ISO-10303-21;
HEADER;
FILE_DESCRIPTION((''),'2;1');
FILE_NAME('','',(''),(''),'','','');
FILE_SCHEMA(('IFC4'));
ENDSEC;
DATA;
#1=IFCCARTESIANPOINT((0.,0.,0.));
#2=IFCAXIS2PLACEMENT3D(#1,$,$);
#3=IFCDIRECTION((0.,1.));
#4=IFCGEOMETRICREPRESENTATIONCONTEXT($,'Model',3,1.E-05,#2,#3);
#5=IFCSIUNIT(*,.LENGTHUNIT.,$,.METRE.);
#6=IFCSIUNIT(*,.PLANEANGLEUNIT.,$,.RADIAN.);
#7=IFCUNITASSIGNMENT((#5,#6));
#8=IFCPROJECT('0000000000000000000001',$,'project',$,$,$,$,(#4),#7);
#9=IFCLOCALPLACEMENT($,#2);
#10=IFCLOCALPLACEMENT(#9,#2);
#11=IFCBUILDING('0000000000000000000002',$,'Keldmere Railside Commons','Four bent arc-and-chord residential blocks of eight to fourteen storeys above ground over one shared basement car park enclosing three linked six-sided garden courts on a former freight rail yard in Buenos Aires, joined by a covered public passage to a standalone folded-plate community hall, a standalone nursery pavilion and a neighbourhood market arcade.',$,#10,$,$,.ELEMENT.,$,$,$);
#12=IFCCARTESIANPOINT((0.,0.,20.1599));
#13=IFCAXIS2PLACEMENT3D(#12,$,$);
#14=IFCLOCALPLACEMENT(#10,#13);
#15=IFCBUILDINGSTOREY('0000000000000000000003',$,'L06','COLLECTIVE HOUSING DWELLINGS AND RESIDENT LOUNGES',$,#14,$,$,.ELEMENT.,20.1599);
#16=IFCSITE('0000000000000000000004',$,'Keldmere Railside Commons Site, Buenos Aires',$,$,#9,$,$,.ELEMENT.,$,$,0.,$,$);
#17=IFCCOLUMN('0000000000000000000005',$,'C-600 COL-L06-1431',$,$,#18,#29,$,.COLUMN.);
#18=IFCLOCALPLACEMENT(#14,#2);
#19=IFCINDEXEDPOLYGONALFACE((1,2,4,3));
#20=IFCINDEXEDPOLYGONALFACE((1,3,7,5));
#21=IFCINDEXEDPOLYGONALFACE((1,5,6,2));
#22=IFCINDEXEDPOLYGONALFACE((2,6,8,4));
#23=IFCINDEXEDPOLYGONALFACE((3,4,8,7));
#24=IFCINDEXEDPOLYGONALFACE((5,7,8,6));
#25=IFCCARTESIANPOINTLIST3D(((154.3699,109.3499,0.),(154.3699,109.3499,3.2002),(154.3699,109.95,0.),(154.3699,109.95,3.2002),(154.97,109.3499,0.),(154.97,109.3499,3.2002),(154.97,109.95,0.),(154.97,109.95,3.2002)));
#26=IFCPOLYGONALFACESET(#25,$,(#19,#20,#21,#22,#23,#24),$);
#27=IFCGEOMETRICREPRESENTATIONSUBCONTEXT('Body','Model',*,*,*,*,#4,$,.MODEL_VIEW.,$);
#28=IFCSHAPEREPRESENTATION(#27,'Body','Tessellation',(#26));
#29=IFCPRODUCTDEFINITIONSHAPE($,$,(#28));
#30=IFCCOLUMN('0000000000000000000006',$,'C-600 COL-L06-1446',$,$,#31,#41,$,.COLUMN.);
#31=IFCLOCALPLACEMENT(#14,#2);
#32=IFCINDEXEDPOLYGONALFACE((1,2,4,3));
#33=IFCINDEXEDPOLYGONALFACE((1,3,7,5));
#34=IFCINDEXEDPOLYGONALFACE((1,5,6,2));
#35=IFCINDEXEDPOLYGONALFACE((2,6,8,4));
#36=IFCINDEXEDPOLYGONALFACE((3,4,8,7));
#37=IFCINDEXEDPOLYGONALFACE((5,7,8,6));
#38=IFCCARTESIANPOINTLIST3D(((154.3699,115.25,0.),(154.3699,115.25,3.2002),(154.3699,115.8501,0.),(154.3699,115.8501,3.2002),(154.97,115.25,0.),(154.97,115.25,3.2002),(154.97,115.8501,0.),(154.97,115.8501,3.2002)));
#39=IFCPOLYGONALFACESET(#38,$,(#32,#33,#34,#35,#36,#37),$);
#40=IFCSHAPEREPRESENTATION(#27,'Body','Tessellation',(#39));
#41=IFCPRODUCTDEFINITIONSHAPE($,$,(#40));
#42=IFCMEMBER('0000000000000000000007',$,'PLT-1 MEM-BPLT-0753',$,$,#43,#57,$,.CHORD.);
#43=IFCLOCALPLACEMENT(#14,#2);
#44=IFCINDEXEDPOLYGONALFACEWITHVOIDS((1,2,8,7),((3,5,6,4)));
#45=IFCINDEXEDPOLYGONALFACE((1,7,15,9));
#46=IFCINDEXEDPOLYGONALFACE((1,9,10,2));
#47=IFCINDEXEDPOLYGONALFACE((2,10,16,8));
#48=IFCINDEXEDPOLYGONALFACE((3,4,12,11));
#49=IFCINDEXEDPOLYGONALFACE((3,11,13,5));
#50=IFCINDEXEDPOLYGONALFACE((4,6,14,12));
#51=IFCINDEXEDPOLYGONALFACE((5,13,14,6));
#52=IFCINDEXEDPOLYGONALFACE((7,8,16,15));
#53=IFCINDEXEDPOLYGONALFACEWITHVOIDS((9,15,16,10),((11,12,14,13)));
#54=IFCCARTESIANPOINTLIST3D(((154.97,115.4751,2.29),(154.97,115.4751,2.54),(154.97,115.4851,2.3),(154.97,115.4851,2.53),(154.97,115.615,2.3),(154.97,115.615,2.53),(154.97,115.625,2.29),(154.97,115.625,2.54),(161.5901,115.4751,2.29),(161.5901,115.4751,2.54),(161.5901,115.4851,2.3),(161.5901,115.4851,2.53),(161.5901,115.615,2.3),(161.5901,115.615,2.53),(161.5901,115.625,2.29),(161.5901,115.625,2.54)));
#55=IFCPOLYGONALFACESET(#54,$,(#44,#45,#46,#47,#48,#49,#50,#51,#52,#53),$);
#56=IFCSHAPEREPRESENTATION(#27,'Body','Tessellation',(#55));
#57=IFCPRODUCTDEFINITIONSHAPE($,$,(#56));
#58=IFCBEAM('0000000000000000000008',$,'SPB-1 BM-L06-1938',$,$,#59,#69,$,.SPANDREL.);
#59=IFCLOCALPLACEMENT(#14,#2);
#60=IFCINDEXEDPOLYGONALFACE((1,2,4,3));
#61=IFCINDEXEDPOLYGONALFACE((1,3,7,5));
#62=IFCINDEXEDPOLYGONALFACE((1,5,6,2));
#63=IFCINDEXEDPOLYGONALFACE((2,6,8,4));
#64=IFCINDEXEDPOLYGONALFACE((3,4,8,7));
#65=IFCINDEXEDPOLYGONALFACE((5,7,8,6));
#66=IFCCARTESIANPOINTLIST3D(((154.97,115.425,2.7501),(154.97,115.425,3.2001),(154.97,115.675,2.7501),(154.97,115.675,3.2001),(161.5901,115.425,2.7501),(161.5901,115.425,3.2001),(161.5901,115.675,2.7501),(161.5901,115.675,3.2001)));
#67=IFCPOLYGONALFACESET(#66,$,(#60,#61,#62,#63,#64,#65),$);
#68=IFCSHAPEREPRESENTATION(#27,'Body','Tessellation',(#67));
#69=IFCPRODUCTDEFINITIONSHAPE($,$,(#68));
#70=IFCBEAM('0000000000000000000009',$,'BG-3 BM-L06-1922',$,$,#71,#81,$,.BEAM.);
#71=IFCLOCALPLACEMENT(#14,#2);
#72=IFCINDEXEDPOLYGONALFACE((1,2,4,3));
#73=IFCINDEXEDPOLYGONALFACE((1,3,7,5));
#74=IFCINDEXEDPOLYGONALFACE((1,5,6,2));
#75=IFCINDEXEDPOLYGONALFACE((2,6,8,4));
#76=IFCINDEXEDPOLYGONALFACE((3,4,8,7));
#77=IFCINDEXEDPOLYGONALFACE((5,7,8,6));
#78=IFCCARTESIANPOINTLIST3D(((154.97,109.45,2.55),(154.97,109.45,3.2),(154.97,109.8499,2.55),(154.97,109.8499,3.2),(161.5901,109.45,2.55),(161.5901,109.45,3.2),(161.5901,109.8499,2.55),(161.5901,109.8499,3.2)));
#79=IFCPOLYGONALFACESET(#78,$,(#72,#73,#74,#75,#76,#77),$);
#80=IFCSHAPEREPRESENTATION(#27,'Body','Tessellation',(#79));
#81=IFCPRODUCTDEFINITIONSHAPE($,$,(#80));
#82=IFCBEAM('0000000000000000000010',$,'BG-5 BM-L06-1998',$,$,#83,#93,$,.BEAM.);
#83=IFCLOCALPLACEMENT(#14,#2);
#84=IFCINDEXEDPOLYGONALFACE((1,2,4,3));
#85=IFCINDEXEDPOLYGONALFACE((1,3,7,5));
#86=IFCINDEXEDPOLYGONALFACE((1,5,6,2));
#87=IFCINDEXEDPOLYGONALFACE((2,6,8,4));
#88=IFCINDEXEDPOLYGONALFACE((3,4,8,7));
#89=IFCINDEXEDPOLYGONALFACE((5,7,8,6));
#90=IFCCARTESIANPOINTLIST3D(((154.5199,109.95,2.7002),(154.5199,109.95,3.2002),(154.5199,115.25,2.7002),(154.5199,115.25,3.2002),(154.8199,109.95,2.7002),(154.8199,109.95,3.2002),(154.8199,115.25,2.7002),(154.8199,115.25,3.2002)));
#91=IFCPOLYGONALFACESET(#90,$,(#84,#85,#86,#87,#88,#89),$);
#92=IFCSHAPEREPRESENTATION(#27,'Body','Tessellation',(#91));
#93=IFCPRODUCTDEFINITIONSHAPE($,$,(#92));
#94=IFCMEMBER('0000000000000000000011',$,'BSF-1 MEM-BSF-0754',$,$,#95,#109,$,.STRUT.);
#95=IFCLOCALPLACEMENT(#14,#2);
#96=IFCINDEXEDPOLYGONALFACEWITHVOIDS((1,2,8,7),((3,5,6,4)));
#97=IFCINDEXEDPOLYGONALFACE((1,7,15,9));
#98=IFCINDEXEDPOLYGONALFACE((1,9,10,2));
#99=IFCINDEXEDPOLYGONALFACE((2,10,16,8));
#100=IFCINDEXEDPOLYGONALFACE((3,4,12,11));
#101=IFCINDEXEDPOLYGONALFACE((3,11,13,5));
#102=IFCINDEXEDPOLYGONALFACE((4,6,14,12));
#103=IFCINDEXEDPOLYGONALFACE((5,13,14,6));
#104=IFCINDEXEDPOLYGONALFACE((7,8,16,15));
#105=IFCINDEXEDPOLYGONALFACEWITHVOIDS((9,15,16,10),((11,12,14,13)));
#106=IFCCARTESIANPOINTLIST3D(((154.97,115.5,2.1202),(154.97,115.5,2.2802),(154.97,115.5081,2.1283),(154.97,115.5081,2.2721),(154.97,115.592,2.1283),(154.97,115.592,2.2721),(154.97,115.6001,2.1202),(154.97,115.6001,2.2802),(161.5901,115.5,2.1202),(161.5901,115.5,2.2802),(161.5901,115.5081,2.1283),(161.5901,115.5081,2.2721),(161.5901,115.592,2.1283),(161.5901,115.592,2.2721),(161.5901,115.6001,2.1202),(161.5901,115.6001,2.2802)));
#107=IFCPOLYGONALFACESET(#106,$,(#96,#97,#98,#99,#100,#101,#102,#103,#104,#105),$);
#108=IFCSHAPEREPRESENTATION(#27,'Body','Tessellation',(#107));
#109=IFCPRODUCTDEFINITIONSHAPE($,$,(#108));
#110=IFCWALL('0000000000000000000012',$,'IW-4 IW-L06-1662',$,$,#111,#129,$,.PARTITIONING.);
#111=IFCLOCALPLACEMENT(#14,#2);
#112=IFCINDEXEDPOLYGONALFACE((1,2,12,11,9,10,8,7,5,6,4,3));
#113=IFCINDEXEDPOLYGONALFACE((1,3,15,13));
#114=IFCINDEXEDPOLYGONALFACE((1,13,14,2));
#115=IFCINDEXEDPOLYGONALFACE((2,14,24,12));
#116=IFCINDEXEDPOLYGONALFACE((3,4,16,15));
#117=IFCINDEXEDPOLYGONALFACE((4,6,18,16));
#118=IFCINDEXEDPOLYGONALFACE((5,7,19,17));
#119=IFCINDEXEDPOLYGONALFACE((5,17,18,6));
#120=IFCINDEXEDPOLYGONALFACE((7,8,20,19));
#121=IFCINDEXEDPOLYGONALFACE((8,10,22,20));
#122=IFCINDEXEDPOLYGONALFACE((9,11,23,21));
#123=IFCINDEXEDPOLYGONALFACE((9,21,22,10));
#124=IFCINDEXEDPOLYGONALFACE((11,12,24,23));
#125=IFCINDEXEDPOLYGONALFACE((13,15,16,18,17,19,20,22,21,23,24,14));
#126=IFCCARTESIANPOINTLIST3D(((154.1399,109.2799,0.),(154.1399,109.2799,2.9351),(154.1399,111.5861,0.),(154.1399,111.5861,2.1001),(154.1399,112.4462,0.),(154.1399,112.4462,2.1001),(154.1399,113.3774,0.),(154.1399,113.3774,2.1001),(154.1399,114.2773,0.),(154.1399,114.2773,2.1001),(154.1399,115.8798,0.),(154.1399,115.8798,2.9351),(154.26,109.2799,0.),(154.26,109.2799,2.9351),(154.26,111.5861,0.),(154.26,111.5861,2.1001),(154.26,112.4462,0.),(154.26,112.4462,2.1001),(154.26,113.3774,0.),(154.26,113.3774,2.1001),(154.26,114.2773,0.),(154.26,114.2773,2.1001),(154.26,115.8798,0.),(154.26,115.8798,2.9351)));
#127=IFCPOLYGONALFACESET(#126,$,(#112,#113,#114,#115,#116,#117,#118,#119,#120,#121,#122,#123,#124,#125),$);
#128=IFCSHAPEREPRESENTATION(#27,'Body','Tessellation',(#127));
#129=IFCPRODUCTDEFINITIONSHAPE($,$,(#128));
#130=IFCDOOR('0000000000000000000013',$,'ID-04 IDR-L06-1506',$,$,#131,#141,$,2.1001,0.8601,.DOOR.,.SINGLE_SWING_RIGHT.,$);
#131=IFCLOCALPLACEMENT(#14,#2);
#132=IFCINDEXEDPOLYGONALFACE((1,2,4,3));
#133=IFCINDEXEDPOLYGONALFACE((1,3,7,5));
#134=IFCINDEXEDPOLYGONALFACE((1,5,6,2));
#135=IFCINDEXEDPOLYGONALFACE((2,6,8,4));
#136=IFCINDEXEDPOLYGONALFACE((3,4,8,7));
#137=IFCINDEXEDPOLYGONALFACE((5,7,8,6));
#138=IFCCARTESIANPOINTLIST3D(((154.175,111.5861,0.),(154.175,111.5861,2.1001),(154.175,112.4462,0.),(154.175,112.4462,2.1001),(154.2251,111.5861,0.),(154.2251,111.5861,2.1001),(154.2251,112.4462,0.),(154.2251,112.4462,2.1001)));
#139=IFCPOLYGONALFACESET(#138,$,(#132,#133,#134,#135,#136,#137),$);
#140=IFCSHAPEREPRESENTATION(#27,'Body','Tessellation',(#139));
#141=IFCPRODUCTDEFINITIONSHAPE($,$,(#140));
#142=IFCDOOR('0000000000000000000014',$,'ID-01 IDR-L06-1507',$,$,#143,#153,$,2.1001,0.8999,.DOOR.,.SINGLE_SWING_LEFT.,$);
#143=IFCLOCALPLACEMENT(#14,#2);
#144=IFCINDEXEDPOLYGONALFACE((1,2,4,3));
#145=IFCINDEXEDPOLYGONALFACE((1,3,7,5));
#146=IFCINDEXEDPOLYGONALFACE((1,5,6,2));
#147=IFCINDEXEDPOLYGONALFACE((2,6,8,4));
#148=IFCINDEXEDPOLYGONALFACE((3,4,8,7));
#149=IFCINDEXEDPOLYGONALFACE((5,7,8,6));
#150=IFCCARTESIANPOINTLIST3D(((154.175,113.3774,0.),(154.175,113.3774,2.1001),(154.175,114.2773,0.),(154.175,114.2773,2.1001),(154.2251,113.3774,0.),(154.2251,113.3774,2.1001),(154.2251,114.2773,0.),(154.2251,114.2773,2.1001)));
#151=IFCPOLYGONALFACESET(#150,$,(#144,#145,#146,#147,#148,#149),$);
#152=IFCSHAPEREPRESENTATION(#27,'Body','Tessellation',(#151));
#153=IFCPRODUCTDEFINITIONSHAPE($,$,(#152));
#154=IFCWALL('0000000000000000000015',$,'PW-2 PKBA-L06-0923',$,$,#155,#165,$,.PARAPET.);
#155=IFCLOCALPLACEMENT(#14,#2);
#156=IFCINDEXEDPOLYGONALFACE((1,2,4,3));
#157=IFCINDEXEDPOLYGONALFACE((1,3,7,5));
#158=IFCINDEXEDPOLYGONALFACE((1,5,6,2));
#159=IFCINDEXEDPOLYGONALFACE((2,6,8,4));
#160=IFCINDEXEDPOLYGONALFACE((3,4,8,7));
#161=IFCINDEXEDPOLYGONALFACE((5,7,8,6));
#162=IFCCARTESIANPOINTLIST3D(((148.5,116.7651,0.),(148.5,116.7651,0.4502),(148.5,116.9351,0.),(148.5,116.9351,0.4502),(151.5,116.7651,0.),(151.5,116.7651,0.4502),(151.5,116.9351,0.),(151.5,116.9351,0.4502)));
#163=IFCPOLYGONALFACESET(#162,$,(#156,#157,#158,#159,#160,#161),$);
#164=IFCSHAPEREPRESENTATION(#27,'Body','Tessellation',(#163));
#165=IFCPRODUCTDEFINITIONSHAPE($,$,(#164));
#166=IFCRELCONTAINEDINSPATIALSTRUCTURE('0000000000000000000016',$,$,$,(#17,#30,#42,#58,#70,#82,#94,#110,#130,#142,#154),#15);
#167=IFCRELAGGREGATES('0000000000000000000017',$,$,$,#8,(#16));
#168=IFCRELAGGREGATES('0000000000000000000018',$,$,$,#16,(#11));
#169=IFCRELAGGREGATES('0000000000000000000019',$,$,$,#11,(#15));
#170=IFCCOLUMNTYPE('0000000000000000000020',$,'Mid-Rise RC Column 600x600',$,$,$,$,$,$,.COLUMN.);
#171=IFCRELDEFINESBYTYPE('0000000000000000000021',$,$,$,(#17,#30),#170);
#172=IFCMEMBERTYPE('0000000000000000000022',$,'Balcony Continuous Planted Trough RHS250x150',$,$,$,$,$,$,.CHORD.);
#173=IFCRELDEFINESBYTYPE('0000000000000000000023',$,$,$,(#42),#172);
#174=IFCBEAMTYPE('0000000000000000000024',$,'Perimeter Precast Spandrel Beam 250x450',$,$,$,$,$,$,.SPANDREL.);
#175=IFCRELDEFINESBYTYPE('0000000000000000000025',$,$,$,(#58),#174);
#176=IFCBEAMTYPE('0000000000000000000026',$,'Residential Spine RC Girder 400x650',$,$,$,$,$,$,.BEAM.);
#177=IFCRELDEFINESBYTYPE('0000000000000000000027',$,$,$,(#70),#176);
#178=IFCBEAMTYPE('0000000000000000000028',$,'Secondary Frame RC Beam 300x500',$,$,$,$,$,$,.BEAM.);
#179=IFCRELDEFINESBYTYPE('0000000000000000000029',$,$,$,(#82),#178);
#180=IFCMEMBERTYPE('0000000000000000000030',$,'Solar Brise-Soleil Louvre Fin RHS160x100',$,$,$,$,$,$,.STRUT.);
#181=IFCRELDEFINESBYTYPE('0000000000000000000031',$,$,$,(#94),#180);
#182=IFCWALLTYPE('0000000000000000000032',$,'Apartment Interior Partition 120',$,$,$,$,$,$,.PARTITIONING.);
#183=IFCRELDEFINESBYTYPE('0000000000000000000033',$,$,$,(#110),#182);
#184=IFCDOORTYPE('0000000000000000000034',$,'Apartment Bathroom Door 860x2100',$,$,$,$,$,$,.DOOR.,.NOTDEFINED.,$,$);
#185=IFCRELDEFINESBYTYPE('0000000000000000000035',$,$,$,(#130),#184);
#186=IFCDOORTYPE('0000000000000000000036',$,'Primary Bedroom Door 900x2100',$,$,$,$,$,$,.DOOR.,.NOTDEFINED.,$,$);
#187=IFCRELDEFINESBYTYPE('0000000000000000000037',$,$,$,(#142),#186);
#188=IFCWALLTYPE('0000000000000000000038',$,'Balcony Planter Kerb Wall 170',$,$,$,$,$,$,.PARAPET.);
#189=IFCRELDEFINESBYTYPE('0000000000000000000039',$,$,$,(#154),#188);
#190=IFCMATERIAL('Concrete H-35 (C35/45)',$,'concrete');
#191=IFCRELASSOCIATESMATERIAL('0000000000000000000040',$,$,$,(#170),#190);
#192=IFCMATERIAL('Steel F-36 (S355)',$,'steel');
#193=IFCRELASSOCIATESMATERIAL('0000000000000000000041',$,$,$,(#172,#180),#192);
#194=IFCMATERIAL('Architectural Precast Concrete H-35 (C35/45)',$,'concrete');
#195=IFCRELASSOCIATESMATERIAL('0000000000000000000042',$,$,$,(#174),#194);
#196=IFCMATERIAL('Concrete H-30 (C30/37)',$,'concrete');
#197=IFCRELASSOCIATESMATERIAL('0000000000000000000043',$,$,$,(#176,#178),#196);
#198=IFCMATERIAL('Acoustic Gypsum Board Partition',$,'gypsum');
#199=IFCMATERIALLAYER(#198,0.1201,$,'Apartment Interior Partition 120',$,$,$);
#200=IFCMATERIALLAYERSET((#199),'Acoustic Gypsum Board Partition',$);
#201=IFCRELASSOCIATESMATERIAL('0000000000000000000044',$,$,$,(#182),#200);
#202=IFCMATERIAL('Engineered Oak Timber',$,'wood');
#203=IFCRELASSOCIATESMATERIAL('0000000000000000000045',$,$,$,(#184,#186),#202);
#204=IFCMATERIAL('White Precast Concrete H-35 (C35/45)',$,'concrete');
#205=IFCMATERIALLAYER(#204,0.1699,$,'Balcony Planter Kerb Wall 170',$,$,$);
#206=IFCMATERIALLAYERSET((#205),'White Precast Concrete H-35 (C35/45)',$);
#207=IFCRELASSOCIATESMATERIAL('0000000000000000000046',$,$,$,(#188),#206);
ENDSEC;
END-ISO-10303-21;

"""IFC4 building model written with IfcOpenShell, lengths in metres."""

from ifc_helpers import new_model, si_unit, direction, frame, frame_2d, origin, origin_2d, place, context, subcontext, project, spatial, rectangle, hollow_rectangle, extrude, material, layer, layer_set, material_profile, profile_set, type_object, element, fill, save


model = new_model("IFC4")

# Units and contexts
model_context = context("Model", 3, precision=1e-05, world=origin(), true_north=direction((0.0, 1.0)))
body_context = subcontext(model_context, "Body", "Model", "MODEL_VIEW")
ifc_project = project(units=[si_unit("LENGTHUNIT", "METRE"), si_unit("PLANEANGLEUNIT", "RADIAN")], contexts=[model_context])

# Site, building, storey
site_placement = place(None, origin())
site = spatial("IfcSite", under=ifc_project, at=site_placement, Name="Keldmere Railside Commons Site, Buenos Aires", CompositionType="ELEMENT", RefElevation=0.0)
building_placement = place(site_placement, origin())
building = spatial("IfcBuilding", under=site, at=building_placement, Name="Keldmere Railside Commons", Description="Four bent arc-and-chord residential blocks of eight to fourteen storeys above ground over one shared basement car park enclosing three linked six-sided garden courts on a former freight rail yard in Buenos Aires, joined by a covered public passage to a standalone folded-plate community hall, a standalone nursery pavilion and a neighbourhood market arcade.", CompositionType="ELEMENT")
storey_placement = place(building_placement, frame((0.0, 0.0, 20.1599)))
storey = spatial("IfcBuildingStorey", under=building, at=storey_placement, Name="L06", Description="COLLECTIVE HOUSING DWELLINGS AND RESIDENT LOUNGES", CompositionType="ELEMENT", Elevation=20.1599)

# Columns
ifc_material_1 = material(Name="Concrete H-35 (C35/45)", Category="concrete")
ifc_material_profile_1 = material_profile(ifc_material_1, rectangle(XDim=0.6001, YDim=0.6001, at=origin_2d()), Name="RC-600x600")
ifc_profile_set_1 = profile_set([ifc_material_profile_1], Name="Concrete H-35 (C35/45)")
column_type = type_object("IfcColumnType", Name="Mid-Rise RC Column 600x600", PredefinedType="COLUMN", material=ifc_profile_set_1)
for number, where, z_axis, x_axis, name in (
    (1, (154.6699, 109.6499, 0.0), (0.0, 0.0, 1.0), (1.0, 0.0, 0.0), "C-600 COL-L06-1431"),
    (2, (154.6699, 115.55, 0.0), (0.0, 0.0, 1.0), (1.0, 0.0, 0.0), "C-600 COL-L06-1446"),
):
    element("IfcColumn", number, at=place(storey_placement, frame(where, z_axis=z_axis, x_axis=x_axis)), inside=storey, type_object=column_type, Name=name, PredefinedType="COLUMN", context=body_context, shape_type="SweptSolid", body=[
        extrude(rectangle(XDim=0.6001, YDim=0.6001, at=origin_2d()), origin(), (0.0, 0.0, 1.0), 3.2002),
    ])

# Member
ifc_material_2 = material(Name="Steel F-36 (S355)", Category="steel")
ifc_material_profile_2 = material_profile(ifc_material_2, hollow_rectangle(XDim=0.1499, YDim=0.25, WallThickness=0.01, at=origin_2d()), Name="RHS-250x150x10")
ifc_profile_set_2 = profile_set([ifc_material_profile_2], Name="Steel F-36 (S355)")
member_type_1 = type_object("IfcMemberType", Name="Balcony Continuous Planted Trough RHS250x150", PredefinedType="CHORD", material=ifc_profile_set_2)
member_1_placement = place(storey_placement, frame((154.97, 115.55, 2.415), z_axis=(1.0, 0.0, 0.0), x_axis=(0.0, 1.0, 0.0)))
element("IfcMember", 3, at=member_1_placement, inside=storey, type_object=member_type_1, Name="PLT-1 MEM-BPLT-0753", PredefinedType="CHORD", context=body_context, shape_type="SweptSolid", body=[
    extrude(hollow_rectangle(XDim=0.1499, YDim=0.25, WallThickness=0.01, at=origin_2d()), origin(), (0.0, 0.0, 1.0), 6.6201),
])

# Beams
ifc_material_3 = material(Name="Architectural Precast Concrete H-35 (C35/45)", Category="concrete")
ifc_material_profile_3 = material_profile(ifc_material_3, rectangle(XDim=0.25, YDim=0.45, at=origin_2d()), Name="RC-250x450")
ifc_profile_set_3 = profile_set([ifc_material_profile_3], Name="Architectural Precast Concrete H-35 (C35/45)")
beam_type_1 = type_object("IfcBeamType", Name="Perimeter Precast Spandrel Beam 250x450", PredefinedType="SPANDREL", material=ifc_profile_set_3)
beam_1_placement = place(storey_placement, frame((154.97, 115.55, 2.9751), z_axis=(1.0, 0.0, 0.0), x_axis=(0.0, 1.0, 0.0)))
element("IfcBeam", 4, at=beam_1_placement, inside=storey, type_object=beam_type_1, Name="SPB-1 BM-L06-1938", PredefinedType="SPANDREL", context=body_context, shape_type="SweptSolid", body=[
    extrude(rectangle(XDim=0.25, YDim=0.45, at=origin_2d()), origin(), (0.0, 0.0, 1.0), 6.6201),
])
ifc_material_4 = material(Name="Concrete H-30 (C30/37)", Category="concrete")
ifc_material_profile_4 = material_profile(ifc_material_4, rectangle(XDim=0.3999, YDim=0.6499, at=origin_2d()), Name="RC-400x650")
ifc_profile_set_4 = profile_set([ifc_material_profile_4], Name="Concrete H-30 (C30/37)")
beam_type_2 = type_object("IfcBeamType", Name="Residential Spine RC Girder 400x650", PredefinedType="BEAM", material=ifc_profile_set_4)
beam_2_placement = place(storey_placement, frame((154.97, 109.6499, 2.875), z_axis=(1.0, 0.0, 0.0), x_axis=(0.0, 1.0, 0.0)))
element("IfcBeam", 5, at=beam_2_placement, inside=storey, type_object=beam_type_2, Name="BG-3 BM-L06-1922", PredefinedType="BEAM", context=body_context, shape_type="SweptSolid", body=[
    extrude(rectangle(XDim=0.3999, YDim=0.6499, at=origin_2d()), origin(), (0.0, 0.0, 1.0), 6.6201),
])
ifc_material_profile_5 = material_profile(ifc_material_4, rectangle(XDim=0.3, YDim=0.5, at=origin_2d()), Name="RC-300x500")
ifc_profile_set_5 = profile_set([ifc_material_profile_5], Name="Concrete H-30 (C30/37)")
beam_type_3 = type_object("IfcBeamType", Name="Secondary Frame RC Beam 300x500", PredefinedType="BEAM", material=ifc_profile_set_5)
beam_3_placement = place(storey_placement, frame((154.6699, 109.95, 2.9502), z_axis=(0.0, 1.0, 0.0), x_axis=(-1.0, 0.0, 0.0)))
element("IfcBeam", 6, at=beam_3_placement, inside=storey, type_object=beam_type_3, Name="BG-5 BM-L06-1998", PredefinedType="BEAM", context=body_context, shape_type="SweptSolid", body=[
    extrude(rectangle(XDim=0.3, YDim=0.5, at=origin_2d()), origin(), (0.0, 0.0, 1.0), 5.3),
])

# Member
ifc_material_profile_6 = material_profile(ifc_material_2, hollow_rectangle(XDim=0.1001, YDim=0.1599, WallThickness=0.0081, at=origin_2d()), Name="RHS-160x100x8")
ifc_profile_set_6 = profile_set([ifc_material_profile_6], Name="Steel F-36 (S355)")
member_type_2 = type_object("IfcMemberType", Name="Solar Brise-Soleil Louvre Fin RHS160x100", PredefinedType="STRUT", material=ifc_profile_set_6)
member_2_placement = place(storey_placement, frame((154.97, 115.55, 2.2002), z_axis=(1.0, 0.0, 0.0), x_axis=(0.0, 1.0, 0.0)))
element("IfcMember", 7, at=member_2_placement, inside=storey, type_object=member_type_2, Name="BSF-1 MEM-BSF-0754", PredefinedType="STRUT", context=body_context, shape_type="SweptSolid", body=[
    extrude(hollow_rectangle(XDim=0.1001, YDim=0.1599, WallThickness=0.0081, at=origin_2d()), origin(), (0.0, 0.0, 1.0), 6.6201),
])

# Wall, openings, doors
ifc_material_5 = material(Name="Acoustic Gypsum Board Partition", Category="gypsum")
ifc_layer_1 = layer(ifc_material_5, 0.1201, Name="Apartment Interior Partition 120")
ifc_layer_set_1 = layer_set([ifc_layer_1], Name="Acoustic Gypsum Board Partition")
wall_type_1 = type_object("IfcWallType", Name="Apartment Interior Partition 120", PredefinedType="PARTITIONING", material=ifc_layer_set_1)
wall_1_placement = place(storey_placement, frame((154.2, 109.28, 0.0), z_axis=(0.0, 0.0, 1.0), x_axis=(0.0, 1.0, 0.0)))
wall_1 = element("IfcWall", 8, at=wall_1_placement, inside=storey, type_object=wall_type_1, Name="IW-4 IW-L06-1662", PredefinedType="PARTITIONING", context=body_context, shape_type="SweptSolid", body=[
    extrude(rectangle(XDim=6.5999, YDim=0.1201, at=frame_2d((3.2998, 0.0))), origin(), (0.0, 0.0, 1.0), 2.9351),
])
opening_1_placement = place(wall_1_placement, frame((2.3059, 0.0, 0.0)))
opening_1 = element("IfcOpeningElement", 9, at=opening_1_placement, cuts=wall_1, PredefinedType="OPENING", context=body_context, shape_type="SweptSolid", body=[
    extrude(rectangle(XDim=0.8601, YDim=2.1001, at=frame_2d((0.4302, 1.05))), frame((0.0, 0.0701, 0.0), z_axis=(0.0, -1.0, 0.0), x_axis=(1.0, 0.0, 0.0)), (0.0, 0.0, 1.0), 0.1401),
])
opening_2_placement = place(wall_1_placement, frame((4.0974, 0.0, 0.0)))
opening_2 = element("IfcOpeningElement", 10, at=opening_2_placement, cuts=wall_1, PredefinedType="OPENING", context=body_context, shape_type="SweptSolid", body=[
    extrude(rectangle(XDim=0.8999, YDim=2.1001, at=frame_2d((0.45, 1.05))), frame((0.0, 0.0701, 0.0), z_axis=(0.0, -1.0, 0.0), x_axis=(1.0, 0.0, 0.0)), (0.0, 0.0, 1.0), 0.1401),
])
ifc_material_6 = material(Name="Engineered Oak Timber", Category="wood")
door_type_1 = type_object("IfcDoorType", Name="Apartment Bathroom Door 860x2100", OperationType="NOTDEFINED", PredefinedType="DOOR", material=ifc_material_6)
door_1_placement = place(opening_1_placement, origin())
door_1 = element("IfcDoor", 11, at=door_1_placement, inside=storey, type_object=door_type_1, Name="ID-04 IDR-L06-1506", OperationType="SINGLE_SWING_RIGHT", OverallHeight=2.1001, OverallWidth=0.8601, PredefinedType="DOOR", context=body_context, shape_type="SweptSolid", body=[
    extrude(rectangle(XDim=0.8601, YDim=2.1001, at=frame_2d((0.4302, 1.05))), frame((0.0, 0.0249, 0.0), z_axis=(0.0, -1.0, 0.0), x_axis=(1.0, 0.0, 0.0)), (0.0, 0.0, 1.0), 0.05),
])
fill(opening_1, door_1)
door_type_2 = type_object("IfcDoorType", Name="Primary Bedroom Door 900x2100", OperationType="NOTDEFINED", PredefinedType="DOOR", material=ifc_material_6)
door_2_placement = place(opening_2_placement, origin())
door_2 = element("IfcDoor", 12, at=door_2_placement, inside=storey, type_object=door_type_2, Name="ID-01 IDR-L06-1507", OperationType="SINGLE_SWING_LEFT", OverallHeight=2.1001, OverallWidth=0.8999, PredefinedType="DOOR", context=body_context, shape_type="SweptSolid", body=[
    extrude(rectangle(XDim=0.8999, YDim=2.1001, at=frame_2d((0.45, 1.05))), frame((0.0, 0.0249, 0.0), z_axis=(0.0, -1.0, 0.0), x_axis=(1.0, 0.0, 0.0)), (0.0, 0.0, 1.0), 0.05),
])
fill(opening_2, door_2)

# Wall
ifc_material_7 = material(Name="White Precast Concrete H-35 (C35/45)", Category="concrete")
ifc_layer_2 = layer(ifc_material_7, 0.1699, Name="Balcony Planter Kerb Wall 170")
ifc_layer_set_2 = layer_set([ifc_layer_2], Name="White Precast Concrete H-35 (C35/45)")
wall_type_2 = type_object("IfcWallType", Name="Balcony Planter Kerb Wall 170", PredefinedType="PARAPET", material=ifc_layer_set_2)
wall_2_placement = place(storey_placement, frame((148.5, 116.8501, 0.0), z_axis=(0.0, 0.0, 1.0), x_axis=(1.0, 0.0, 0.0)))
element("IfcWall", 13, at=wall_2_placement, inside=storey, type_object=wall_type_2, Name="PW-2 PKBA-L06-0923", PredefinedType="PARAPET", context=body_context, shape_type="SweptSolid", body=[
    extrude(rectangle(XDim=3.0, YDim=0.1699, at=frame_2d((1.5, 0.0))), origin(), (0.0, 0.0, 1.0), 0.4502),
])

save(model, "model.ifc")
